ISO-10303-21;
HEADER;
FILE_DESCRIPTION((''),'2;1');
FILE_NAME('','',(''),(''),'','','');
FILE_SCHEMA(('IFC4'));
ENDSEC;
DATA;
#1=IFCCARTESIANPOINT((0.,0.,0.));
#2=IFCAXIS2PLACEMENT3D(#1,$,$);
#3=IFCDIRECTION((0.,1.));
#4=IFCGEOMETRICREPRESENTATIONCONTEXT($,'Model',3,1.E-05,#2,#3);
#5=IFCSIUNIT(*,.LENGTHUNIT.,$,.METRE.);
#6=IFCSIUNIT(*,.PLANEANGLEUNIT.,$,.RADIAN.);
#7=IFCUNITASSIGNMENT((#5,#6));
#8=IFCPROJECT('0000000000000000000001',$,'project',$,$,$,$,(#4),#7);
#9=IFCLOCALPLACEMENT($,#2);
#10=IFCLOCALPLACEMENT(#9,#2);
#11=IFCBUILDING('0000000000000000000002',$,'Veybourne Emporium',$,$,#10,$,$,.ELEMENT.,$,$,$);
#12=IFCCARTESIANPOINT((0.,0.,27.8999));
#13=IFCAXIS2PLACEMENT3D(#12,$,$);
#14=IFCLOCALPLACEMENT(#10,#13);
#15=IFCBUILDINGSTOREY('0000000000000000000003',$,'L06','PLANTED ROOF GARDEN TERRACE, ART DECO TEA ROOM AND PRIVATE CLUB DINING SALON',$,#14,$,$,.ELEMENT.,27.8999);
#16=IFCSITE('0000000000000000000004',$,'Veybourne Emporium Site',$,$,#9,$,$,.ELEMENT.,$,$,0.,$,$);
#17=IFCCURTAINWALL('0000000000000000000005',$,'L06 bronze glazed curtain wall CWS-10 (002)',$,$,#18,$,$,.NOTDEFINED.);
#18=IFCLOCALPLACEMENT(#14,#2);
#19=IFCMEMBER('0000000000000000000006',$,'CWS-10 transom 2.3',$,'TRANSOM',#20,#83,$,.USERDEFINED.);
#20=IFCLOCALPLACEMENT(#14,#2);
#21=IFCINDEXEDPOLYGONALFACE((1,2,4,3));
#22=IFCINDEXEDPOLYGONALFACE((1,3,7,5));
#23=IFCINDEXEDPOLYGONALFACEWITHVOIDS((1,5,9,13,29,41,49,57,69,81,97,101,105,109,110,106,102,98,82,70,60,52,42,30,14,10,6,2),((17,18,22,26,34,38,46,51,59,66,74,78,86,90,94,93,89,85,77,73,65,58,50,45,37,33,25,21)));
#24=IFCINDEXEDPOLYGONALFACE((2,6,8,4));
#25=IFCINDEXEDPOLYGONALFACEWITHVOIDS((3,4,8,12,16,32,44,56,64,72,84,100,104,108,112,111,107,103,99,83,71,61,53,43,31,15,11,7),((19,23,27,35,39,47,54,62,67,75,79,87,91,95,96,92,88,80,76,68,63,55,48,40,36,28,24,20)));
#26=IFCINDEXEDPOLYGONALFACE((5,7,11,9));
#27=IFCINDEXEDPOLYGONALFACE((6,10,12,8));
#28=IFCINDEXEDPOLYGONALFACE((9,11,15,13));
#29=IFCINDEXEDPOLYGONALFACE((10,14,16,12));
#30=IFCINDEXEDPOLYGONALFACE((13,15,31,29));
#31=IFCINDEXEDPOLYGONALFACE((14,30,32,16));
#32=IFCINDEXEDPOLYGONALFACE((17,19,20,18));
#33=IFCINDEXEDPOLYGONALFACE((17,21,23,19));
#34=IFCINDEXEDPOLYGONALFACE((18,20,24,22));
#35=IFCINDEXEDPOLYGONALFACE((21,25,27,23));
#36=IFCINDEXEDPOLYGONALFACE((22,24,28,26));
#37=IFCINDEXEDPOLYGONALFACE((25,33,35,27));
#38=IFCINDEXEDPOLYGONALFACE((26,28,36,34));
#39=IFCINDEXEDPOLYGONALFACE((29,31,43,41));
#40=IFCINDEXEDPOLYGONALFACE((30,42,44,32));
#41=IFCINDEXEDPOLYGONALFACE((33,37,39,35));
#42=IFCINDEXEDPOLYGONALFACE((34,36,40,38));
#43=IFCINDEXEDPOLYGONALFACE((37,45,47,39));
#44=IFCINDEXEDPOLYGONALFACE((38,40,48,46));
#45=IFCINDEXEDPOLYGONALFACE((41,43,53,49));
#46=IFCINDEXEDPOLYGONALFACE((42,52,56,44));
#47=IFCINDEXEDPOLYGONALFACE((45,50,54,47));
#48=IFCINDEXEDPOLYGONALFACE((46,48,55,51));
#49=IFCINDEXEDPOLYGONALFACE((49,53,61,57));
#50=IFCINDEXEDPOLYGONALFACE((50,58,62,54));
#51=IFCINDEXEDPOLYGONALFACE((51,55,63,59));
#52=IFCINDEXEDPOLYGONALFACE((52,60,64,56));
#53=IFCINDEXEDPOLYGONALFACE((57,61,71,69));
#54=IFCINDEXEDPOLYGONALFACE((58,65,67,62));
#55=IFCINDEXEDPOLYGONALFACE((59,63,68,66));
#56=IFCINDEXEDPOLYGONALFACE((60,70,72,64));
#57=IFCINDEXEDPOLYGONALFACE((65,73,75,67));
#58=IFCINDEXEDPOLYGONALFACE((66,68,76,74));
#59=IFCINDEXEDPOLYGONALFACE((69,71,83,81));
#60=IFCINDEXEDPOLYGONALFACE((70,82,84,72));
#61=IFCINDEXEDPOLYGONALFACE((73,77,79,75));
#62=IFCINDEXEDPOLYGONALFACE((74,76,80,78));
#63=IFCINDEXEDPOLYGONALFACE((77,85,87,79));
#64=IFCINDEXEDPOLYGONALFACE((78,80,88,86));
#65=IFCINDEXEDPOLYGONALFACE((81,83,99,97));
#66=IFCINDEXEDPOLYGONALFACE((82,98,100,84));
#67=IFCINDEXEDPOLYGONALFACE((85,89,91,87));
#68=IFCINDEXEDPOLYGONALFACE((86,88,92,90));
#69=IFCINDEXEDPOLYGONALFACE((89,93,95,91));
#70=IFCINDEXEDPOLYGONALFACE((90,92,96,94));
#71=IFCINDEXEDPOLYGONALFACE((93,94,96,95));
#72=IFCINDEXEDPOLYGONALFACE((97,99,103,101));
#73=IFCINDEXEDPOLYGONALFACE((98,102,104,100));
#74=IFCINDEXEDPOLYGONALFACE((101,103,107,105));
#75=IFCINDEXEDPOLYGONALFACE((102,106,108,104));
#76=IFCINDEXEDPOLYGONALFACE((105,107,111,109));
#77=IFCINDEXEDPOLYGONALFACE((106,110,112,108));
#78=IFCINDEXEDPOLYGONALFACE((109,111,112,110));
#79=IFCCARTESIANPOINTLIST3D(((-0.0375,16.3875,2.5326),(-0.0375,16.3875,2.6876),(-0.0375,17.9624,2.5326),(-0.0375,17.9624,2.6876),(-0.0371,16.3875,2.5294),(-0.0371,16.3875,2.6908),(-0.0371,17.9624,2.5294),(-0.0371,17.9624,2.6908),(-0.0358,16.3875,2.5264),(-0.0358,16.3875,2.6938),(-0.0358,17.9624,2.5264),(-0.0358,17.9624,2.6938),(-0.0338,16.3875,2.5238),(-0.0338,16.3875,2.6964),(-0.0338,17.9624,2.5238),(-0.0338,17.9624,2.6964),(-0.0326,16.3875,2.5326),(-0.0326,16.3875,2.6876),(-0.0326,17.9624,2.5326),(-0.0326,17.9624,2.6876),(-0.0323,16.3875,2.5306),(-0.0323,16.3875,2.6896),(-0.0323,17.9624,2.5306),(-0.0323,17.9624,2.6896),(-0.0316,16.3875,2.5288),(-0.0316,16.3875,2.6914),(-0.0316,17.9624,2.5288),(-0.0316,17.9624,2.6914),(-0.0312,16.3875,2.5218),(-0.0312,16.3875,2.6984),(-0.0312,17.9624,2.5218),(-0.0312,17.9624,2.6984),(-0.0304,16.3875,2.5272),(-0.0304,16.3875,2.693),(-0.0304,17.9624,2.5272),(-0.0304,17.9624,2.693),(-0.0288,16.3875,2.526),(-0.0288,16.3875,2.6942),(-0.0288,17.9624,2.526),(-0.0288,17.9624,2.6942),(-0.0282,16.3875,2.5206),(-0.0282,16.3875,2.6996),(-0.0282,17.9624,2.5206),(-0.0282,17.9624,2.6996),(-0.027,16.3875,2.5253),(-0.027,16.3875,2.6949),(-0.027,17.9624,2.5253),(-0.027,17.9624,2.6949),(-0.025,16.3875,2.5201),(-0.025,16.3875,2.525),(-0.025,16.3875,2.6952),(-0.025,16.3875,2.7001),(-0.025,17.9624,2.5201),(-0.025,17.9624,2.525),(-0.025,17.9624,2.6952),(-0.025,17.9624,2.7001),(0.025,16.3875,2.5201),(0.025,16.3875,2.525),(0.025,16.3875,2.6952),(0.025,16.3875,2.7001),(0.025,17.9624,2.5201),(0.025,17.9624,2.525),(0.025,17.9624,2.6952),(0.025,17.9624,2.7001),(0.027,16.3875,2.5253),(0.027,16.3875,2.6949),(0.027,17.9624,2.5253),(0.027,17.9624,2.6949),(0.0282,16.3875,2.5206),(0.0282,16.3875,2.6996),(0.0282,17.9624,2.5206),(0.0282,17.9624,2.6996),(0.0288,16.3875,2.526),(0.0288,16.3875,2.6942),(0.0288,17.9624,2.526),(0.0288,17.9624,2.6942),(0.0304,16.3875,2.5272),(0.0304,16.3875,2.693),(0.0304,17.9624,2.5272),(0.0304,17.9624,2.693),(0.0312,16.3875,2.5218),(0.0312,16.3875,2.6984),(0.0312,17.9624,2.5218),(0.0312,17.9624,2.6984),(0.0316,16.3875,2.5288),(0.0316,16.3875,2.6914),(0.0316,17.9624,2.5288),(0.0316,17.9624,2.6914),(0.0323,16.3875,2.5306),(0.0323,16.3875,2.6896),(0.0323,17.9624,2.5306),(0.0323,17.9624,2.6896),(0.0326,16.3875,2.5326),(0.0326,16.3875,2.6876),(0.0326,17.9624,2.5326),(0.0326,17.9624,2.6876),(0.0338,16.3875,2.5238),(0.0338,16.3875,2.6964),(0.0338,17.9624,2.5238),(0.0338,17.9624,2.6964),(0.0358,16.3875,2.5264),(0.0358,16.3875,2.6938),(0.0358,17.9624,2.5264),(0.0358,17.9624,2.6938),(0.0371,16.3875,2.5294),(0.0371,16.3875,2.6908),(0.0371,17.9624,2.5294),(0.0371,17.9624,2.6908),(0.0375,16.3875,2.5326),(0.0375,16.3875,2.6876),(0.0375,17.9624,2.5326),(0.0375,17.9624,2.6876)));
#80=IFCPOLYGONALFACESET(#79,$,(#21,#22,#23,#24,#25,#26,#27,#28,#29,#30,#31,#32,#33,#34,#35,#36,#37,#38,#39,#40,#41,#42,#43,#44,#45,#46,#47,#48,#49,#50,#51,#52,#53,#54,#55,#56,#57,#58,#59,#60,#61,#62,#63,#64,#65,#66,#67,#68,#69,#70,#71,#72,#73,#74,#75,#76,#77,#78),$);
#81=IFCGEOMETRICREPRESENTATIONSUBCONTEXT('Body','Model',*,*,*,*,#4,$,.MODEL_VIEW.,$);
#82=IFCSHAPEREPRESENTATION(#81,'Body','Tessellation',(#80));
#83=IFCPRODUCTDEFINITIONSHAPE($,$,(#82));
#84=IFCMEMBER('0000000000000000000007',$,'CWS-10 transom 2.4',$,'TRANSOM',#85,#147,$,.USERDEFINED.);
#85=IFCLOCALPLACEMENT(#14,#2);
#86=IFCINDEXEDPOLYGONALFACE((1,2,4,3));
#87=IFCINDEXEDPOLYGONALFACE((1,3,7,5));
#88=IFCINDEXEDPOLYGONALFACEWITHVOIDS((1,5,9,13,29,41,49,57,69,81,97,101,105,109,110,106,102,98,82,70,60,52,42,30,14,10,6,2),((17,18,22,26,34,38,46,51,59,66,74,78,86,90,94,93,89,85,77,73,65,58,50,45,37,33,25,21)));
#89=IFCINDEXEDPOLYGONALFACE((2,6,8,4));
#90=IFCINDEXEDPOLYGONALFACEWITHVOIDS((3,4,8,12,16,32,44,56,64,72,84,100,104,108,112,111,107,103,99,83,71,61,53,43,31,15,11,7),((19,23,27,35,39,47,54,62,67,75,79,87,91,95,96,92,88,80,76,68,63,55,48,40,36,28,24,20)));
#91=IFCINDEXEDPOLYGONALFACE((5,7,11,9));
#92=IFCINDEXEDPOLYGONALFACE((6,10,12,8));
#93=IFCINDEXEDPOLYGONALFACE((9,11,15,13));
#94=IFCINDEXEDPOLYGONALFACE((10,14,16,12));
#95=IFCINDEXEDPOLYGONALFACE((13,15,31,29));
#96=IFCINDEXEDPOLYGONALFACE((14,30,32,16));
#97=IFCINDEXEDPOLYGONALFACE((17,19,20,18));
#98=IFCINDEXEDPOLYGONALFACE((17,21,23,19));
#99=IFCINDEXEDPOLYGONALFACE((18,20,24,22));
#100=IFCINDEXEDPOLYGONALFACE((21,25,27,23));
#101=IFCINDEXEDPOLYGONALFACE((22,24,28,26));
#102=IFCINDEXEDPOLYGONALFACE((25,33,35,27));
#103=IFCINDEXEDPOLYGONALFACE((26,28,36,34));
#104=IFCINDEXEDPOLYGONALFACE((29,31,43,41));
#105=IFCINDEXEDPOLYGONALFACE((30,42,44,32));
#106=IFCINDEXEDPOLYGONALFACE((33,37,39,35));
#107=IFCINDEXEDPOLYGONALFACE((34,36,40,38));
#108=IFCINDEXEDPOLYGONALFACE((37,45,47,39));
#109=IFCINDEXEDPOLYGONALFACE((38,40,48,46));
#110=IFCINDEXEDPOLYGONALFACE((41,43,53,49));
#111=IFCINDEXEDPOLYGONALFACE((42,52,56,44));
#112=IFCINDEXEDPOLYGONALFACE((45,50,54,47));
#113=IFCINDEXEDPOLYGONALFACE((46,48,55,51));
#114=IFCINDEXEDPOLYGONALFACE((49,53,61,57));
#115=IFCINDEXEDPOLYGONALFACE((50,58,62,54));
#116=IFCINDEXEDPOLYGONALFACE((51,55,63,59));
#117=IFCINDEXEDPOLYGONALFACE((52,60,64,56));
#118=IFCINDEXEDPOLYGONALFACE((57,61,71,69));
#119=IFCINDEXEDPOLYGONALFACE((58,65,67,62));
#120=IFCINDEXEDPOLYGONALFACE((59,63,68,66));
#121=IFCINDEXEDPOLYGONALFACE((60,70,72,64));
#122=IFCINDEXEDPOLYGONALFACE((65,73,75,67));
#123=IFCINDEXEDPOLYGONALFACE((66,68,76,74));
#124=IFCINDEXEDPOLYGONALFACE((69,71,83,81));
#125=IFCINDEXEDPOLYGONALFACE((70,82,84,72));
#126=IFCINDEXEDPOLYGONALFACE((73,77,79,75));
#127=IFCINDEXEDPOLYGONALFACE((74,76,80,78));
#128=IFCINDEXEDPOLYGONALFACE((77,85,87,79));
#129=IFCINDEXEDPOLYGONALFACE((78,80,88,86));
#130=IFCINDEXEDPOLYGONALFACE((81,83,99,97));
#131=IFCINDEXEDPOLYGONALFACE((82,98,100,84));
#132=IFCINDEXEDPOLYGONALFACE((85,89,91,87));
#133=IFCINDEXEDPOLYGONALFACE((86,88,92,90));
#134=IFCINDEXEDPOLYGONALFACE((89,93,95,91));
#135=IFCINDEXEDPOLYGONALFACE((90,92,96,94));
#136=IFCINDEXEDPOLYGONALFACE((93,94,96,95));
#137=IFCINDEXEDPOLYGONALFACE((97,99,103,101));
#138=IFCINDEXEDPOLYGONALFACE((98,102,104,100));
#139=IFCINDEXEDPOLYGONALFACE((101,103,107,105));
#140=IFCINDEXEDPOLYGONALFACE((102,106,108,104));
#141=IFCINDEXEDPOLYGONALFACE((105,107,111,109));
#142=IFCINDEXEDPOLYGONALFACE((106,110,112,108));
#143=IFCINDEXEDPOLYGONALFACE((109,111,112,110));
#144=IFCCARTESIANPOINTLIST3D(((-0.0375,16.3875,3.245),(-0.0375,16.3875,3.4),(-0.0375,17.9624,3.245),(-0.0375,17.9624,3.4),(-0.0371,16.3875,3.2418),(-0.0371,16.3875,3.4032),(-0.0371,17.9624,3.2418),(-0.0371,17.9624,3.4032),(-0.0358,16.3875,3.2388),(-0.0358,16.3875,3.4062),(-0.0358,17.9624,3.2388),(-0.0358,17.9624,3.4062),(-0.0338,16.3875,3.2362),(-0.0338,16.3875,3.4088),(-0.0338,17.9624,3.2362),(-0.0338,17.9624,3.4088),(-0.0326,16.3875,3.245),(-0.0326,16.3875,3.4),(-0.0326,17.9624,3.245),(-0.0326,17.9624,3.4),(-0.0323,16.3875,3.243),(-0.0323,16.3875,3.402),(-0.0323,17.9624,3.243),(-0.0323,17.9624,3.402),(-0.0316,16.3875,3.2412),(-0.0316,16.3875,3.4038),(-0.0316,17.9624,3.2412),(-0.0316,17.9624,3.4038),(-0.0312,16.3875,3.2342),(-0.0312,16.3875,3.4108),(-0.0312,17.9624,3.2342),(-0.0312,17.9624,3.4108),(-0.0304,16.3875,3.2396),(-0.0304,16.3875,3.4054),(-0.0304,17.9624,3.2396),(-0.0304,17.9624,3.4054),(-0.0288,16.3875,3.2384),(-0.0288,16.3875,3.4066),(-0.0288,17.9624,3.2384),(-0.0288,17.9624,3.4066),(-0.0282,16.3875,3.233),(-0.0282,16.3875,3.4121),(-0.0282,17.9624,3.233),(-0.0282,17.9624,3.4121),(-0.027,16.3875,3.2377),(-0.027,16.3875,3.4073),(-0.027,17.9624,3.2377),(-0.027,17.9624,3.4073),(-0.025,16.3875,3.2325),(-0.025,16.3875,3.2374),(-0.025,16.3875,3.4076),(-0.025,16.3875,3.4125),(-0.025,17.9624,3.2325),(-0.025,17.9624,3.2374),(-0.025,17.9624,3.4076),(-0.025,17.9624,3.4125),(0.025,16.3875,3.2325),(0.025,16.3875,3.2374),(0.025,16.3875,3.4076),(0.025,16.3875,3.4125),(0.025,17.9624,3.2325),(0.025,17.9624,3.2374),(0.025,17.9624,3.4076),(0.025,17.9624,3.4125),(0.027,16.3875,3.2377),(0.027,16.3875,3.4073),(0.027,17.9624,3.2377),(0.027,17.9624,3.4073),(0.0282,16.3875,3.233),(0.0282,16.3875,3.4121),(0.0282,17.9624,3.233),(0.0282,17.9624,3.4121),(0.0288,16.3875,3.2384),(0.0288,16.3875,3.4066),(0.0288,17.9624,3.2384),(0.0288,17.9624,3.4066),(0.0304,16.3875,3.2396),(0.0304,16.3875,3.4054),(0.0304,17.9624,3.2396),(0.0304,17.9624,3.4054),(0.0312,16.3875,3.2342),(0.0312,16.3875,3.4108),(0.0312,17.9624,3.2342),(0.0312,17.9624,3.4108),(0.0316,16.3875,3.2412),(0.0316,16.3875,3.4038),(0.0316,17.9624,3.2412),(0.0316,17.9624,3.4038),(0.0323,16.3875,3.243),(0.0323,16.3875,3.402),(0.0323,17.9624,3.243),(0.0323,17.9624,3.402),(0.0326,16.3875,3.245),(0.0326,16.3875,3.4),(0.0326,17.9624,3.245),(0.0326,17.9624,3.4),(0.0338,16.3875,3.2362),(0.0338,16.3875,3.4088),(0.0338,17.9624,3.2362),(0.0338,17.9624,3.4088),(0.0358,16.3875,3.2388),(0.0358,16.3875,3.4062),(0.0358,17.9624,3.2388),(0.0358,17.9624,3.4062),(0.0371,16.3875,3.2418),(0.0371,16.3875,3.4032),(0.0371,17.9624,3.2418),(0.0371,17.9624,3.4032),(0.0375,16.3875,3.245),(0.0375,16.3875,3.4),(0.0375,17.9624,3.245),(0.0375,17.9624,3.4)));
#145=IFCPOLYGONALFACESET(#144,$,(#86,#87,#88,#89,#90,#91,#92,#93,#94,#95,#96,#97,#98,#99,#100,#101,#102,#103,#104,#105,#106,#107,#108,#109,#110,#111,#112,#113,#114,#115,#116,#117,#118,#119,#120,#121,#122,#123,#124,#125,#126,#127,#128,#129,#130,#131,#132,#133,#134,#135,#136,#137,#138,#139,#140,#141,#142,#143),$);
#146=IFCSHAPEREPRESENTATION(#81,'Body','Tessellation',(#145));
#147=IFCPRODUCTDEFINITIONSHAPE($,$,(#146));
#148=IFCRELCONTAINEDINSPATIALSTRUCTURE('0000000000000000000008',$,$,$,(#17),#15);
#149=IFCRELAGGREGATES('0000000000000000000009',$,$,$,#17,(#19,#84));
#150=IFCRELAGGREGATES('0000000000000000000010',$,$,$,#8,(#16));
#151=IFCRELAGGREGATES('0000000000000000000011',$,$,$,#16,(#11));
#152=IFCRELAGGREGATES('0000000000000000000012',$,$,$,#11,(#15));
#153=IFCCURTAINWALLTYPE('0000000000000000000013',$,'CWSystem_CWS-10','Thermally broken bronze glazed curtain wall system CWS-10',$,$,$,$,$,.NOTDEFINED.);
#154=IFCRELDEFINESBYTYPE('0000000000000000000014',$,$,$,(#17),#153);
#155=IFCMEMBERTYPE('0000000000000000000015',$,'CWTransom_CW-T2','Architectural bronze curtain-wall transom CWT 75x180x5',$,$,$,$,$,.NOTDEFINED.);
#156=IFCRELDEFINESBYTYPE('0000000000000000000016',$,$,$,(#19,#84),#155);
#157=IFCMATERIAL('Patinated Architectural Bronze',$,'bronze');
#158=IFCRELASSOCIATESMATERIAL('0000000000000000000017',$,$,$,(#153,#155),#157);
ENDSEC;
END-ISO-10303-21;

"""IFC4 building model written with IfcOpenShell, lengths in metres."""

from ifc_helpers import new_model, si_unit, direction, frame, origin, origin_2d, place, context, subcontext, project, spatial, hollow_rectangle, extrude, material, material_profile, profile_set, type_object, element, aggregate, save


model = new_model("IFC4")

# Units and contexts
model_context = context("Model", 3, precision=1e-05, world=origin(), true_north=direction((0.0, 1.0)))
body_context = subcontext(model_context, "Body", "Model", "MODEL_VIEW")
ifc_project = project(units=[si_unit("LENGTHUNIT", "METRE"), si_unit("PLANEANGLEUNIT", "RADIAN")], contexts=[model_context])

# Site, building, storey
site_placement = place(None, origin())
site = spatial("IfcSite", under=ifc_project, at=site_placement, Name="Veybourne Emporium Site", CompositionType="ELEMENT", RefElevation=0.0)
building_placement = place(site_placement, origin())
building = spatial("IfcBuilding", under=site, at=building_placement, Name="Veybourne Emporium", CompositionType="ELEMENT")
storey_placement = place(building_placement, frame((0.0, 0.0, 27.8999)))
storey = spatial("IfcBuildingStorey", under=building, at=storey_placement, Name="L06", Description="PLANTED ROOF GARDEN TERRACE, ART DECO TEA ROOM AND PRIVATE CLUB DINING SALON", CompositionType="ELEMENT", Elevation=27.8999)

# Curtain wall, members
ifc_material_1 = material(Name="Patinated Architectural Bronze", Category="bronze")
curtain_wall_type = type_object("IfcCurtainWallType", Name="CWSystem_CWS-10", Description="Thermally broken bronze glazed curtain wall system CWS-10", PredefinedType="NOTDEFINED", material=ifc_material_1)
curtain_wall_placement = place(storey_placement, origin())
curtain_wall = element("IfcCurtainWall", 1, at=curtain_wall_placement, inside=storey, type_object=curtain_wall_type, Name="L06 bronze glazed curtain wall CWS-10 (002)", PredefinedType="NOTDEFINED")
ifc_material_profile_1 = material_profile(ifc_material_1, hollow_rectangle(XDim=0.075, YDim=0.1799, WallThickness=0.0049, InnerFilletRadius=0.0076, OuterFilletRadius=0.0125, at=origin_2d()), Name="CWT 75x180x5")
ifc_profile_set_1 = profile_set([ifc_material_profile_1], Name="Patinated Architectural Bronze")
member_type_1 = type_object("IfcMemberType", Name="CWTransom_CW-T2", Description="Architectural bronze curtain-wall transom CWT 75x180x5", PredefinedType="NOTDEFINED", material=ifc_profile_set_1)
member_1_placement = place(storey_placement, frame((0.0, 16.3875, 2.6101), z_axis=(0.0, 1.0, 0.0), x_axis=(-1.0, 0.0, 0.0)))
member_1 = element("IfcMember", 2, at=member_1_placement, type_object=member_type_1, Name="CWS-10 transom 2.3", ObjectType="TRANSOM", PredefinedType="USERDEFINED", context=body_context, shape_type="SweptSolid", body=[
    extrude(hollow_rectangle(XDim=0.075, YDim=0.1799, WallThickness=0.0049, InnerFilletRadius=0.0076, OuterFilletRadius=0.0125, at=origin_2d()), origin(), (0.0, 0.0, 1.0), 1.575),
])
member_2_placement = place(storey_placement, frame((0.0, 16.3875, 3.3225), z_axis=(0.0, 1.0, 0.0), x_axis=(-1.0, 0.0, 0.0)))
member_2 = element("IfcMember", 3, at=member_2_placement, type_object=member_type_1, Name="CWS-10 transom 2.4", ObjectType="TRANSOM", PredefinedType="USERDEFINED", context=body_context, shape_type="SweptSolid", body=[
    extrude(hollow_rectangle(XDim=0.075, YDim=0.1799, WallThickness=0.0049, InnerFilletRadius=0.0076, OuterFilletRadius=0.0125, at=origin_2d()), origin(), (0.0, 0.0, 1.0), 1.575),
])

aggregate(curtain_wall, [member_1, member_2])

save(model, "model.ifc")
